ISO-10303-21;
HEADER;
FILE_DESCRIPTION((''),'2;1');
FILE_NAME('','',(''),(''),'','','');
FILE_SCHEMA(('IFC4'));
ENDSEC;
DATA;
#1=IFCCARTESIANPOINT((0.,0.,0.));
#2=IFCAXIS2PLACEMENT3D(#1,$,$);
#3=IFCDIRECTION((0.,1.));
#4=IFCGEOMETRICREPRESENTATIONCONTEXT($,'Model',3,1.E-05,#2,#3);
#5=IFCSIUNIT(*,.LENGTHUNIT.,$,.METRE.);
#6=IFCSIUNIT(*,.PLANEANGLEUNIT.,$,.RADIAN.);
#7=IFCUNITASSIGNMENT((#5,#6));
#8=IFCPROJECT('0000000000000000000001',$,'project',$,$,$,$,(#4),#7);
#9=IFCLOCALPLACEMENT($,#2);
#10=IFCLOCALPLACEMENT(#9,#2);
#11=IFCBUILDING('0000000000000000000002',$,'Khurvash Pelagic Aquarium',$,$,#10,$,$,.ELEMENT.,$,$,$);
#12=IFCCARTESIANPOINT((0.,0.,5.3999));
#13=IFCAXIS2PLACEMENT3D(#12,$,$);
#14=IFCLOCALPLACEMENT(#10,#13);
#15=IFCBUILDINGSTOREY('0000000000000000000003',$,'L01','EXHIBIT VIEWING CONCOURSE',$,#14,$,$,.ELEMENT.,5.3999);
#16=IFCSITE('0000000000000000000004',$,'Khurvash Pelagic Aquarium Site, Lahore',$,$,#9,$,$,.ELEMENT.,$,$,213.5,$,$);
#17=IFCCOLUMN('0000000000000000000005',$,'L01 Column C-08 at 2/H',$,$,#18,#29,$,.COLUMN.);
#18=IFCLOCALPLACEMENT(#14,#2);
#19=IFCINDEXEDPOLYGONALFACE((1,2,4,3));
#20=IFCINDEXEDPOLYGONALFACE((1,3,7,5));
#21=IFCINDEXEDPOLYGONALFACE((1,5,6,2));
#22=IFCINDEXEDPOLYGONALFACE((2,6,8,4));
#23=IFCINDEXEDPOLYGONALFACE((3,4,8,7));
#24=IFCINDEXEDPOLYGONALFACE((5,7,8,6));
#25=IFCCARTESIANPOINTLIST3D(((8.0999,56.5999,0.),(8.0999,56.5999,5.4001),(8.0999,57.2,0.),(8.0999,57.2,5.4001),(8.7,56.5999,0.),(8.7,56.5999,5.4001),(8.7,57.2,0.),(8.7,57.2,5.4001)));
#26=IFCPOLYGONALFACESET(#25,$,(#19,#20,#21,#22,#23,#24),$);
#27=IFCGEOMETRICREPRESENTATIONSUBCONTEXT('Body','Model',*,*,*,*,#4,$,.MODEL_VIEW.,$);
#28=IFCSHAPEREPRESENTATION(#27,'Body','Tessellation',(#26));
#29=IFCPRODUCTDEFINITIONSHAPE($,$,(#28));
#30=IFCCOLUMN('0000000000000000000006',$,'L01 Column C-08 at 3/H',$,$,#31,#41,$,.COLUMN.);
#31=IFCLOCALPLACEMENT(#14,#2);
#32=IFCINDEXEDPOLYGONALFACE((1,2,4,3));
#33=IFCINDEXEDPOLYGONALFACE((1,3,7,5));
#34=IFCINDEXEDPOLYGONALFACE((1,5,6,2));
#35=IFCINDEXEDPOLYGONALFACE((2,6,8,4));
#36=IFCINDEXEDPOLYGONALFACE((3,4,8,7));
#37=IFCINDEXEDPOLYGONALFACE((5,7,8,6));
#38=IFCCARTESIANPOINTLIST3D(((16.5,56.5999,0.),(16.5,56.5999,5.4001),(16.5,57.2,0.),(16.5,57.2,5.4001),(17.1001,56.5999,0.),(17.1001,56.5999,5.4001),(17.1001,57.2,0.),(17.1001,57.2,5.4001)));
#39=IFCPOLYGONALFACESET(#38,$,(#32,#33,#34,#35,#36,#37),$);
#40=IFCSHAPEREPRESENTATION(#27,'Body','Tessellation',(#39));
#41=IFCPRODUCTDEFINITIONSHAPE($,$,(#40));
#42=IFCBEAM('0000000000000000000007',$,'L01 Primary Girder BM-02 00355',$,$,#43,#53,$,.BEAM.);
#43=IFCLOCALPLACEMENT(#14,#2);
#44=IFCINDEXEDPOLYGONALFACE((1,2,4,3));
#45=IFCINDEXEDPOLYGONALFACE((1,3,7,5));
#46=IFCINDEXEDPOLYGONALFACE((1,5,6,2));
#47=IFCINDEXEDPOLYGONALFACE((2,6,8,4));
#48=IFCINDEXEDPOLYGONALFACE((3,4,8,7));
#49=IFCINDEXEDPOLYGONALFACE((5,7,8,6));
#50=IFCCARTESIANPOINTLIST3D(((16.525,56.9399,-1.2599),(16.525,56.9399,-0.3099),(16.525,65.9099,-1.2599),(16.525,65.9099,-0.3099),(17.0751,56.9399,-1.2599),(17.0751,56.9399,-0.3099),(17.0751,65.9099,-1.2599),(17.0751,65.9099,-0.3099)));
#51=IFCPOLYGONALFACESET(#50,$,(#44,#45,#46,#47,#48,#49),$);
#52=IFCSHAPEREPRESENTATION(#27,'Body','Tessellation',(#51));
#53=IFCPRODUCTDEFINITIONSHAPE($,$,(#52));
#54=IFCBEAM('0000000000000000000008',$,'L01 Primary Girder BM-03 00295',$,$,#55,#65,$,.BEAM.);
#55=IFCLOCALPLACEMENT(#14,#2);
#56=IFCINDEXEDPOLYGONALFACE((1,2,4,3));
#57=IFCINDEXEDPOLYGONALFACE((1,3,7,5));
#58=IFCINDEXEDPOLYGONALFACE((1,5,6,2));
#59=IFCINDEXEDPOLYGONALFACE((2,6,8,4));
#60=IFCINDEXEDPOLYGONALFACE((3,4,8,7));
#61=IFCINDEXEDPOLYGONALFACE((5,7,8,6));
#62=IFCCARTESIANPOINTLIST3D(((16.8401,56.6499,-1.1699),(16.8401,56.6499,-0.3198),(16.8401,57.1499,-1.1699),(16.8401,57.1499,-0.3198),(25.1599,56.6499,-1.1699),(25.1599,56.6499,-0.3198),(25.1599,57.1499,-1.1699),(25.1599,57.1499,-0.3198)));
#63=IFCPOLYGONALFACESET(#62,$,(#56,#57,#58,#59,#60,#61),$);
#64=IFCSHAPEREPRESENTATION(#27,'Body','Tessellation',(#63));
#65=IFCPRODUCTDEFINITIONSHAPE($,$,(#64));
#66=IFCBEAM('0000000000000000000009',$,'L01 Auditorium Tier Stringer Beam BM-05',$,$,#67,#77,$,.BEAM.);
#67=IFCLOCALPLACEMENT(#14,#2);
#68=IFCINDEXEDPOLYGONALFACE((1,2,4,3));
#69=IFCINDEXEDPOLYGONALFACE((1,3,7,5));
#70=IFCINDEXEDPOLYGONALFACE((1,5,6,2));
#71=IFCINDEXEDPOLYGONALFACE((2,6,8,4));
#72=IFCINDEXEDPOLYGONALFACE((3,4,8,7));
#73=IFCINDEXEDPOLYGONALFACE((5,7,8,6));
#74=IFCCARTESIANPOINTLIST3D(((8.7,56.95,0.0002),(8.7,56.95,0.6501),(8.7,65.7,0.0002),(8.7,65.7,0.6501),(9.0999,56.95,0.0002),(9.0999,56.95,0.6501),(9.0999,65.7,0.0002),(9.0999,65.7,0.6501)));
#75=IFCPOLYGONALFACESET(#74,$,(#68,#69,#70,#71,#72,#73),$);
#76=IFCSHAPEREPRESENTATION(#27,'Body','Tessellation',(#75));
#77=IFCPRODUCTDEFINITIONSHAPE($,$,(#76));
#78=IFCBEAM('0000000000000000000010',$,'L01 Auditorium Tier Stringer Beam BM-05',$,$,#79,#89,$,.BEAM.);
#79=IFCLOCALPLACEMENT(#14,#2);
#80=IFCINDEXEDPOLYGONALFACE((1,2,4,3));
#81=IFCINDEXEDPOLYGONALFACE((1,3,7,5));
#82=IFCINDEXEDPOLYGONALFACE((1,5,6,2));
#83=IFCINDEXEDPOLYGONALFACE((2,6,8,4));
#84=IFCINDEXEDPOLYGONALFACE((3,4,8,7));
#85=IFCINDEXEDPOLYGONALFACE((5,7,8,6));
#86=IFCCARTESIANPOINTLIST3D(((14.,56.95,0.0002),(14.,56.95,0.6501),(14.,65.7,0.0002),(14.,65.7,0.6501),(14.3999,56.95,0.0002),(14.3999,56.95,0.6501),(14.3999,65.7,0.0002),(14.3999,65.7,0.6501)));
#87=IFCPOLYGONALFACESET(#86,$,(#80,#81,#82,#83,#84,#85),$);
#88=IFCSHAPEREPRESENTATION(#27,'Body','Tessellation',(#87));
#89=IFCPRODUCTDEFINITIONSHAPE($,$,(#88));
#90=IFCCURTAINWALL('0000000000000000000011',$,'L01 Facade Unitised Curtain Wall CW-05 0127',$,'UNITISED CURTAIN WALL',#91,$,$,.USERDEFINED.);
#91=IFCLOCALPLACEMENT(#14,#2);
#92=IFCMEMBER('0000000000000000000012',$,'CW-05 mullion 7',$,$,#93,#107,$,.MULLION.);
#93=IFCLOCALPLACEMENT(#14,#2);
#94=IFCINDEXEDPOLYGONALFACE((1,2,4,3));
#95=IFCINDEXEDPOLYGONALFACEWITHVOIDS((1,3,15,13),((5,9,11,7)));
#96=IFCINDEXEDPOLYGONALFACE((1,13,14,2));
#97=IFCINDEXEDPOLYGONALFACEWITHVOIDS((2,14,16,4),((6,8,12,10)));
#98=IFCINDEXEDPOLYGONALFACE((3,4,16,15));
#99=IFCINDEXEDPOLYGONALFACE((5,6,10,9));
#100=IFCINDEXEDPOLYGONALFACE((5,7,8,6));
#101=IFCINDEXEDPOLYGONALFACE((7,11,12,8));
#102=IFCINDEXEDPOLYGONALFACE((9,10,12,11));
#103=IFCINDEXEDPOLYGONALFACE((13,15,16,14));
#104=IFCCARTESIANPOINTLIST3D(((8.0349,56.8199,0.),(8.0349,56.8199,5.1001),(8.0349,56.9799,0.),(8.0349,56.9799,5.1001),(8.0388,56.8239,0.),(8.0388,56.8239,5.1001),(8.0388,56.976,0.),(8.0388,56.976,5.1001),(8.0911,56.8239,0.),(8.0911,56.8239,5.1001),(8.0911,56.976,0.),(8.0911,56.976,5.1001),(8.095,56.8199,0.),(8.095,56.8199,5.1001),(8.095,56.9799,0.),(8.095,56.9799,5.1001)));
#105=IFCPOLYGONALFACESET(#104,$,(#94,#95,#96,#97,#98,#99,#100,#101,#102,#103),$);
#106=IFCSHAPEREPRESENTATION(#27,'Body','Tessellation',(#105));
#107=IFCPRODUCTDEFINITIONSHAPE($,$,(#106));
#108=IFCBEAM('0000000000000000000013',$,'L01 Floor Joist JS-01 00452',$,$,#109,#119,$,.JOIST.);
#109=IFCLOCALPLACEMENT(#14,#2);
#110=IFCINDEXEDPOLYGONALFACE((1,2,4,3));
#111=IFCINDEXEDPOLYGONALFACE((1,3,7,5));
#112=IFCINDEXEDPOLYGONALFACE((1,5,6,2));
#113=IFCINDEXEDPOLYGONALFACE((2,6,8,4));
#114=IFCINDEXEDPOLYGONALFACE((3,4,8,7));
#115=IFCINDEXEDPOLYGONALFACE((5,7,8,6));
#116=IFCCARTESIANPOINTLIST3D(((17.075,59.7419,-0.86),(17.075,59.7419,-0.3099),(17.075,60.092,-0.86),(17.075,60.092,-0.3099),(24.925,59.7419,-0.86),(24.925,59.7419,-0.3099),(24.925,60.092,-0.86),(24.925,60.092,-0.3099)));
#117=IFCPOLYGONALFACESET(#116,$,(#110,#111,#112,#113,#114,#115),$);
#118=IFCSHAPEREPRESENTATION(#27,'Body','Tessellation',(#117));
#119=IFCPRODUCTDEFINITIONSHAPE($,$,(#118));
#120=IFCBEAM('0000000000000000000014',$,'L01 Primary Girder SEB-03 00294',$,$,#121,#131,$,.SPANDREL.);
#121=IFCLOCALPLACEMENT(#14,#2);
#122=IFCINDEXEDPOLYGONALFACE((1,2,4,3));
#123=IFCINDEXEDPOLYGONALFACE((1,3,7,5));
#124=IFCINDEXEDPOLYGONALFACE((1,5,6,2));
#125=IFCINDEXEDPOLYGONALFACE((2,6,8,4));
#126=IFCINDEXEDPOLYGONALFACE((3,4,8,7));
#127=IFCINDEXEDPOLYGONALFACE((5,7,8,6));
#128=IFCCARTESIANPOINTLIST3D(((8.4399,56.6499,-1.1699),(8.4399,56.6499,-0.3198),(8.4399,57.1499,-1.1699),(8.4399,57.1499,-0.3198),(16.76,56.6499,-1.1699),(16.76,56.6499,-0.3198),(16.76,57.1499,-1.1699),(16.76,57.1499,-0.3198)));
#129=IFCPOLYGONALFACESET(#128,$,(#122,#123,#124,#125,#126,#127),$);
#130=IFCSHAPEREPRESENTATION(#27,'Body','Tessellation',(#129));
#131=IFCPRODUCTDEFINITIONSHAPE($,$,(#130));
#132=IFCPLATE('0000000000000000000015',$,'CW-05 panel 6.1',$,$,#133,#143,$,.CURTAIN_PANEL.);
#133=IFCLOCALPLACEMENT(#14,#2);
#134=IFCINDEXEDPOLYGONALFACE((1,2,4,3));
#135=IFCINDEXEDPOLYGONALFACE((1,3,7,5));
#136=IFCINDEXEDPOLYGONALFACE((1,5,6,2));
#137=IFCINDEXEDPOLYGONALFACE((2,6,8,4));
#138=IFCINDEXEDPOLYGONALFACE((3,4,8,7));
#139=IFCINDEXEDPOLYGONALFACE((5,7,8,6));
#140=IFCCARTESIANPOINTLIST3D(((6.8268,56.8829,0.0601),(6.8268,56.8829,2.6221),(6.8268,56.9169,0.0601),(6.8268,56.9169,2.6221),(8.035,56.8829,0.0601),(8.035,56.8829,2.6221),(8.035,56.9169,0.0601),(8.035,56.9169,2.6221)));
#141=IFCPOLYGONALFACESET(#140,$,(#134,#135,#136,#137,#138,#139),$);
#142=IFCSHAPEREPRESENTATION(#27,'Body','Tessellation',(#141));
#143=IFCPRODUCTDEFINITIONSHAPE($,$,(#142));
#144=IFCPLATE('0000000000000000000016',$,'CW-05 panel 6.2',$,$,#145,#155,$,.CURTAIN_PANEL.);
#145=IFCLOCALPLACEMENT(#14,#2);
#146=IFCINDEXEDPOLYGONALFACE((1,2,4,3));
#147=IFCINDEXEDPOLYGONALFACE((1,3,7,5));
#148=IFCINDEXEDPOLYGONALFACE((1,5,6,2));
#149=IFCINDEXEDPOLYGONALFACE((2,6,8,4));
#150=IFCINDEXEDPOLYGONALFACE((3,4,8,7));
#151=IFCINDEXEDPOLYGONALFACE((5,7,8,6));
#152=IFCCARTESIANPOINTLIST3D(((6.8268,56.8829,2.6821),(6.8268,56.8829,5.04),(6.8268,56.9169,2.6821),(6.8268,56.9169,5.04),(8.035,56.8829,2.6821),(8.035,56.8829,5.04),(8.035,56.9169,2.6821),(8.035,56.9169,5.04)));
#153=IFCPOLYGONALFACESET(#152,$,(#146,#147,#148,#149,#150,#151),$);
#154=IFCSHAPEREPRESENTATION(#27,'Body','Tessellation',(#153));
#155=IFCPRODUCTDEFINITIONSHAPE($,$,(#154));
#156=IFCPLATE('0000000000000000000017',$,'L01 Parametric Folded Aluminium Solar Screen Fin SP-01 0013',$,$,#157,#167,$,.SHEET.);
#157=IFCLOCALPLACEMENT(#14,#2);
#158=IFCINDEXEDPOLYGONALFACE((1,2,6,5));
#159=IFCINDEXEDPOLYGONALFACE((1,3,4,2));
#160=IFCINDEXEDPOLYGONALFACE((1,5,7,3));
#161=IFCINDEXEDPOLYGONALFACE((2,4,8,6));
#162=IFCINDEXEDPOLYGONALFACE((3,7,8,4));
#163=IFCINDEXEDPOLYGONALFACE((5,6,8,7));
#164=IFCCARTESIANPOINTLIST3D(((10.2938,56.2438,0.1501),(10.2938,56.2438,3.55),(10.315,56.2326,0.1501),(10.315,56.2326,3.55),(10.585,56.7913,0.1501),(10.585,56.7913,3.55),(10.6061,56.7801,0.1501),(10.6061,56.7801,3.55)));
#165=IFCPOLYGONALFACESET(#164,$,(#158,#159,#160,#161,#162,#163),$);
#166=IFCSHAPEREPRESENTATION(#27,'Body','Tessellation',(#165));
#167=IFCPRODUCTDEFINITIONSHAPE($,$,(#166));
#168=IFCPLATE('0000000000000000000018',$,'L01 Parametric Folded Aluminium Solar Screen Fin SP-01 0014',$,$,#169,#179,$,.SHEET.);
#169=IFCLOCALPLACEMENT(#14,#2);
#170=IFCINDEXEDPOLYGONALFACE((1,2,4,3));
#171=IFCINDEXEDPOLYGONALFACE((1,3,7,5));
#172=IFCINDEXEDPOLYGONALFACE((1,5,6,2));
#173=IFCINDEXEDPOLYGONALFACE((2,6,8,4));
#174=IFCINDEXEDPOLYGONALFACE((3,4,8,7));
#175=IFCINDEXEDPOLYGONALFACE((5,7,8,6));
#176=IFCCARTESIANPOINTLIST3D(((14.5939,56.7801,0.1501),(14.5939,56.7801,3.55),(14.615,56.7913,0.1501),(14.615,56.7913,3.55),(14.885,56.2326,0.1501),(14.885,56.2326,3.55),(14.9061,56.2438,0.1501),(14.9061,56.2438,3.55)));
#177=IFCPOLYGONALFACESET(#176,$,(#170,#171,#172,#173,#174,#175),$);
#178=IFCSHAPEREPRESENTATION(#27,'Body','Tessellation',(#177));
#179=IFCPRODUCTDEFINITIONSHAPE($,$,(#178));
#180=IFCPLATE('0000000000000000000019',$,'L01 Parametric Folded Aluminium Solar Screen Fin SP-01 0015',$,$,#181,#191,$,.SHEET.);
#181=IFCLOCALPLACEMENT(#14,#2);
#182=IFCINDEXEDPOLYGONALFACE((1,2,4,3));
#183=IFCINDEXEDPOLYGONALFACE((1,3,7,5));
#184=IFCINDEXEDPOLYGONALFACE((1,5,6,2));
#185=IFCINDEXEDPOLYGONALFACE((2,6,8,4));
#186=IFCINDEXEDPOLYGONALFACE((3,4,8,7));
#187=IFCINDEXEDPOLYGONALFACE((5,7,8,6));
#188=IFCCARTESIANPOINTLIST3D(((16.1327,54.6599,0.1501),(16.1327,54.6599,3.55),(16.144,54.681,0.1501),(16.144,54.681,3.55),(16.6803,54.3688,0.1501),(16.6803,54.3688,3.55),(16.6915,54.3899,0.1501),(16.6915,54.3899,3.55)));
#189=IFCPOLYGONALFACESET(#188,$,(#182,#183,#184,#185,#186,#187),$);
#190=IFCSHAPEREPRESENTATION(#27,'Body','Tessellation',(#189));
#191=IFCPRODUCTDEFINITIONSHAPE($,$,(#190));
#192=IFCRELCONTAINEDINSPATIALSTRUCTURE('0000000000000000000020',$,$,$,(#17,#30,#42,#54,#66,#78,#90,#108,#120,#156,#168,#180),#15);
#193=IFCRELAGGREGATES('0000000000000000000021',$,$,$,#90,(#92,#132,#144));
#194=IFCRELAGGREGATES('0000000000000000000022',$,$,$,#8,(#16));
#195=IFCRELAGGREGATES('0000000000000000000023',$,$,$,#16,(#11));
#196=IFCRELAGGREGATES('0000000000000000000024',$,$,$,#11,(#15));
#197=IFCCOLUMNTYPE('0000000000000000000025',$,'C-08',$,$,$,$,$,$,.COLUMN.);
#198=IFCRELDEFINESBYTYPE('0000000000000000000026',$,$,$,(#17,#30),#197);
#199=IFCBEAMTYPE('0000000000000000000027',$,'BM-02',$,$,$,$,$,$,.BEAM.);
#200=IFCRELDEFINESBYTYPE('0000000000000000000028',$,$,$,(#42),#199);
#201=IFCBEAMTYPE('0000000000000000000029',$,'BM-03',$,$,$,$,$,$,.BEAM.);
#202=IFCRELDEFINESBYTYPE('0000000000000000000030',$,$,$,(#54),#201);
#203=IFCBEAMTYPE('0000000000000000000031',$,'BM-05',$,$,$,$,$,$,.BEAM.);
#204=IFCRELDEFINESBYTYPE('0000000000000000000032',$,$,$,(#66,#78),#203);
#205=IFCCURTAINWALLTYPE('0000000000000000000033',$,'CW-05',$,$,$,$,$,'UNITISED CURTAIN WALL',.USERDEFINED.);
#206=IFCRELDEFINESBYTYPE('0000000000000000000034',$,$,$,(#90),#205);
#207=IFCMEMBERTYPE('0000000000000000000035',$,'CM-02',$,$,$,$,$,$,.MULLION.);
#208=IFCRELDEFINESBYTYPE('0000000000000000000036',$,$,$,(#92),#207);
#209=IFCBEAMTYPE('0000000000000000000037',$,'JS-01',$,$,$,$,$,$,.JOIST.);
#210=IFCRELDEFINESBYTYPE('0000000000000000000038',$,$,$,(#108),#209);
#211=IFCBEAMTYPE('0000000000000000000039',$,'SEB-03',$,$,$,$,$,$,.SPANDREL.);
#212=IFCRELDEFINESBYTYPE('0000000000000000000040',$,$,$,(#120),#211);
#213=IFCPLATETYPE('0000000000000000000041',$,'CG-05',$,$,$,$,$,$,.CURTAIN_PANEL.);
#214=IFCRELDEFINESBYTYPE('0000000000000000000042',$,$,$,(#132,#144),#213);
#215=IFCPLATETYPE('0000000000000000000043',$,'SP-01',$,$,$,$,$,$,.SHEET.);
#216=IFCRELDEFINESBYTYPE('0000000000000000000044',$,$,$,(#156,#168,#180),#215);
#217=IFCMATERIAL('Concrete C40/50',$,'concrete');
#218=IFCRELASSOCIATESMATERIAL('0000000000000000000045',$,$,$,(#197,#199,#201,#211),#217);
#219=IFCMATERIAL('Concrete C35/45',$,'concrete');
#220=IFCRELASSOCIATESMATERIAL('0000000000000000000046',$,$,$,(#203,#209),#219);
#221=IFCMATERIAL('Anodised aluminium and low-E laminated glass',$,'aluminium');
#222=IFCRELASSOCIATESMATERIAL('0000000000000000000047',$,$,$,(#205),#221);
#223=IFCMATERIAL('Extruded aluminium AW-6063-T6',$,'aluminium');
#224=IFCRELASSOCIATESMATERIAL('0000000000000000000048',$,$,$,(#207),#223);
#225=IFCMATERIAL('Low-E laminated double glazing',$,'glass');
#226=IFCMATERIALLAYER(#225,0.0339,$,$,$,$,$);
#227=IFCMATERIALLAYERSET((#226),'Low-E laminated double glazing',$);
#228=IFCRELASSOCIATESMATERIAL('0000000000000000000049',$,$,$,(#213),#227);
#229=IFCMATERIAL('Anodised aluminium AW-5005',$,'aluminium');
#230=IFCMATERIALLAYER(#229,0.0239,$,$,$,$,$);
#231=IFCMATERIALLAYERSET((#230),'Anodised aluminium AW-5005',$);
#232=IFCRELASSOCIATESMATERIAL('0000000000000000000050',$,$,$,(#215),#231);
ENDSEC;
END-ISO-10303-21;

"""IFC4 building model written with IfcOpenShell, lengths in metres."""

from ifc_helpers import new_model, si_unit, direction, frame, origin, origin_2d, place, context, subcontext, project, spatial, rectangle, hollow_rectangle, extrude, material, layer, layer_set, material_profile, profile_set, type_object, element, aggregate, save


model = new_model("IFC4")

# Units and contexts
model_context = context("Model", 3, precision=1e-05, world=origin(), true_north=direction((0.0, 1.0)))
body_context = subcontext(model_context, "Body", "Model", "MODEL_VIEW")
ifc_project = project(units=[si_unit("LENGTHUNIT", "METRE"), si_unit("PLANEANGLEUNIT", "RADIAN")], contexts=[model_context])

# Site, building, storey
site_placement = place(None, origin())
site = spatial("IfcSite", under=ifc_project, at=site_placement, Name="Khurvash Pelagic Aquarium Site, Lahore", CompositionType="ELEMENT", RefElevation=213.5)
building_placement = place(site_placement, origin())
building = spatial("IfcBuilding", under=site, at=building_placement, Name="Khurvash Pelagic Aquarium", CompositionType="ELEMENT")
storey_placement = place(building_placement, frame((0.0, 0.0, 5.3999)))
storey = spatial("IfcBuildingStorey", under=building, at=storey_placement, Name="L01", Description="EXHIBIT VIEWING CONCOURSE", CompositionType="ELEMENT", Elevation=5.3999)

# Columns
ifc_material_1 = material(Name="Concrete C40/50", Category="concrete")
ifc_material_profile_1 = material_profile(ifc_material_1, rectangle(XDim=0.6001, YDim=0.6001, at=origin_2d()), Name="RC600X600")
ifc_profile_set_1 = profile_set([ifc_material_profile_1], Name="Concrete C40/50")
column_type = type_object("IfcColumnType", Name="C-08", PredefinedType="COLUMN", material=ifc_profile_set_1)
for number, where, z_axis, x_axis, name in (
    (1, (8.3999, 56.8999, 0.0), (0.0, 0.0, 1.0), (1.0, 0.0, 0.0), "L01 Column C-08 at 2/H"),
    (2, (16.8, 56.8999, 0.0), (0.0, 0.0, 1.0), (1.0, 0.0, 0.0), "L01 Column C-08 at 3/H"),
):
    element("IfcColumn", number, at=place(storey_placement, frame(where, z_axis=z_axis, x_axis=x_axis)), inside=storey, type_object=column_type, Name=name, PredefinedType="COLUMN", context=body_context, shape_type="SweptSolid", body=[
        extrude(rectangle(XDim=0.6001, YDim=0.6001, at=origin_2d()), origin(), (0.0, 0.0, 1.0), 5.4001),
    ])

# Beams
ifc_material_profile_2 = material_profile(ifc_material_1, rectangle(XDim=0.55, YDim=0.95, at=origin_2d()), Name="RC550X950")
ifc_profile_set_2 = profile_set([ifc_material_profile_2], Name="Concrete C40/50")
beam_type_1 = type_object("IfcBeamType", Name="BM-02", PredefinedType="BEAM", material=ifc_profile_set_2)
beam_1_placement = place(storey_placement, frame((16.8, 56.9399, -0.7849), z_axis=(0.0, 1.0, 0.0), x_axis=(-1.0, 0.0, 0.0)))
element("IfcBeam", 3, at=beam_1_placement, inside=storey, type_object=beam_type_1, Name="L01 Primary Girder BM-02 00355", PredefinedType="BEAM", context=body_context, shape_type="SweptSolid", body=[
    extrude(rectangle(XDim=0.55, YDim=0.95, at=origin_2d()), origin(), (0.0, 0.0, 1.0), 8.97),
])
ifc_material_profile_3 = material_profile(ifc_material_1, rectangle(XDim=0.5, YDim=0.8501, at=origin_2d()), Name="RC500X850")
ifc_profile_set_3 = profile_set([ifc_material_profile_3], Name="Concrete C40/50")
beam_type_2 = type_object("IfcBeamType", Name="BM-03", PredefinedType="BEAM", material=ifc_profile_set_3)
beam_2_placement = place(storey_placement, frame((16.8401, 56.8999, -0.7449), z_axis=(1.0, 0.0, 0.0), x_axis=(0.0, 1.0, 0.0)))
element("IfcBeam", 4, at=beam_2_placement, inside=storey, type_object=beam_type_2, Name="L01 Primary Girder BM-03 00295", PredefinedType="BEAM", context=body_context, shape_type="SweptSolid", body=[
    extrude(rectangle(XDim=0.5, YDim=0.8501, at=origin_2d()), origin(), (0.0, 0.0, 1.0), 8.3198),
])
ifc_material_2 = material(Name="Concrete C35/45", Category="concrete")
ifc_material_profile_4 = material_profile(ifc_material_2, rectangle(XDim=0.3999, YDim=0.6499, at=origin_2d()), Name="RC400X650")
ifc_profile_set_4 = profile_set([ifc_material_profile_4], Name="Concrete C35/45")
beam_type_3 = type_object("IfcBeamType", Name="BM-05", PredefinedType="BEAM", material=ifc_profile_set_4)
for number, where, z_axis, x_axis, name in (
    (5, (8.8999, 56.95, 0.3252), (0.0, 1.0, 0.0), (-1.0, 0.0, 0.0), "L01 Auditorium Tier Stringer Beam BM-05"),
    (6, (14.2, 56.95, 0.3252), (0.0, 1.0, 0.0), (-1.0, 0.0, 0.0), "L01 Auditorium Tier Stringer Beam BM-05"),
):
    element("IfcBeam", number, at=place(storey_placement, frame(where, z_axis=z_axis, x_axis=x_axis)), inside=storey, type_object=beam_type_3, Name=name, PredefinedType="BEAM", context=body_context, shape_type="SweptSolid", body=[
        extrude(rectangle(XDim=0.3999, YDim=0.6499, at=origin_2d()), origin(), (0.0, 0.0, 1.0), 8.75),
    ])

# Curtain wall, member
ifc_material_3 = material(Name="Anodised aluminium and low-E laminated glass", Category="aluminium")
curtain_wall_type = type_object("IfcCurtainWallType", Name="CW-05", ElementType="UNITISED CURTAIN WALL", PredefinedType="USERDEFINED", material=ifc_material_3)
curtain_wall_placement = place(storey_placement, origin())
curtain_wall = element("IfcCurtainWall", 7, at=curtain_wall_placement, inside=storey, type_object=curtain_wall_type, Name="L01 Facade Unitised Curtain Wall CW-05 0127", ObjectType="UNITISED CURTAIN WALL", PredefinedType="USERDEFINED")
ifc_material_4 = material(Name="Extruded aluminium AW-6063-T6", Category="aluminium")
ifc_material_profile_5 = material_profile(ifc_material_4, hollow_rectangle(XDim=0.0601, YDim=0.1599, WallThickness=0.0039, at=origin_2d()), Name="CWM60X160X4")
ifc_profile_set_5 = profile_set([ifc_material_profile_5], Name="Extruded aluminium AW-6063-T6")
member_type = type_object("IfcMemberType", Name="CM-02", PredefinedType="MULLION", material=ifc_profile_set_5)
member_placement = place(storey_placement, frame((8.0649, 56.8999, 0.0), z_axis=(0.0, 0.0, 1.0), x_axis=(1.0, 0.0, 0.0)))
member = element("IfcMember", 8, at=member_placement, type_object=member_type, Name="CW-05 mullion 7", PredefinedType="MULLION", context=body_context, shape_type="SweptSolid", body=[
    extrude(hollow_rectangle(XDim=0.0601, YDim=0.1599, WallThickness=0.0039, at=origin_2d()), origin(), (0.0, 0.0, 1.0), 5.1001),
])

# Beams
ifc_material_profile_6 = material_profile(ifc_material_2, rectangle(XDim=0.3501, YDim=0.55, at=origin_2d()), Name="RC350X550")
ifc_profile_set_6 = profile_set([ifc_material_profile_6], Name="Concrete C35/45")
beam_type_4 = type_object("IfcBeamType", Name="JS-01", PredefinedType="JOIST", material=ifc_profile_set_6)
beam_3_placement = place(storey_placement, frame((17.075, 59.917, -0.585), z_axis=(1.0, 0.0, 0.0), x_axis=(0.0, 1.0, 0.0)))
element("IfcBeam", 9, at=beam_3_placement, inside=storey, type_object=beam_type_4, Name="L01 Floor Joist JS-01 00452", PredefinedType="JOIST", context=body_context, shape_type="SweptSolid", body=[
    extrude(rectangle(XDim=0.3501, YDim=0.55, at=origin_2d()), origin(), (0.0, 0.0, 1.0), 7.8501),
])
ifc_material_profile_7 = material_profile(ifc_material_1, rectangle(XDim=0.5, YDim=0.8501, at=origin_2d()), Name="RC500X850")
ifc_profile_set_7 = profile_set([ifc_material_profile_7], Name="Concrete C40/50")
beam_type_5 = type_object("IfcBeamType", Name="SEB-03", PredefinedType="SPANDREL", material=ifc_profile_set_7)
beam_4_placement = place(storey_placement, frame((8.4399, 56.8999, -0.7449), z_axis=(1.0, 0.0, 0.0), x_axis=(0.0, 1.0, 0.0)))
element("IfcBeam", 10, at=beam_4_placement, inside=storey, type_object=beam_type_5, Name="L01 Primary Girder SEB-03 00294", PredefinedType="SPANDREL", context=body_context, shape_type="SweptSolid", body=[
    extrude(rectangle(XDim=0.5, YDim=0.8501, at=origin_2d()), origin(), (0.0, 0.0, 1.0), 8.3201),
])

# Plates
ifc_material_5 = material(Name="Low-E laminated double glazing", Category="glass")
ifc_layer_1 = layer(ifc_material_5, 0.0339)
ifc_layer_set_1 = layer_set([ifc_layer_1], Name="Low-E laminated double glazing")
plate_type_1 = type_object("IfcPlateType", Name="CG-05", PredefinedType="CURTAIN_PANEL", material=ifc_layer_set_1)
plate_1_placement = place(storey_placement, frame((7.4309, 56.8999, 0.0601), z_axis=(0.0, 0.0, 1.0), x_axis=(1.0, 0.0, 0.0)))
plate_1 = element("IfcPlate", 11, at=plate_1_placement, type_object=plate_type_1, Name="CW-05 panel 6.1", PredefinedType="CURTAIN_PANEL", context=body_context, shape_type="SweptSolid", body=[
    extrude(rectangle(XDim=1.2083, YDim=0.0339, at=origin_2d()), origin(), (0.0, 0.0, 1.0), 2.562),
])
plate_2_placement = place(storey_placement, frame((7.4309, 56.8999, 2.6821), z_axis=(0.0, 0.0, 1.0), x_axis=(1.0, 0.0, 0.0)))
plate_2 = element("IfcPlate", 12, at=plate_2_placement, type_object=plate_type_1, Name="CW-05 panel 6.2", PredefinedType="CURTAIN_PANEL", context=body_context, shape_type="SweptSolid", body=[
    extrude(rectangle(XDim=1.2083, YDim=0.0339, at=origin_2d()), origin(), (0.0, 0.0, 1.0), 2.3579),
])
aggregate(curtain_wall, [member, plate_1, plate_2])

# Plates
ifc_material_6 = material(Name="Anodised aluminium AW-5005", Category="aluminium")
ifc_layer_2 = layer(ifc_material_6, 0.0239)
ifc_layer_set_2 = layer_set([ifc_layer_2], Name="Anodised aluminium AW-5005")
plate_type_2 = type_object("IfcPlateType", Name="SP-01", PredefinedType="SHEET", material=ifc_layer_set_2)
for number, where, z_axis, x_axis, name in (
    (13, (10.45, 56.512, 0.1501), (0.0, 0.0, 1.0), (-0.469472, -0.882948, 0.0), "L01 Parametric Folded Aluminium Solar Screen Fin SP-01 0013"),
    (14, (14.75, 56.512, 0.1501), (0.0, 0.0, 1.0), (0.469472, -0.882948, 0.0), "L01 Parametric Folded Aluminium Solar Screen Fin SP-01 0014"),
    (15, (16.4121, 54.5249, 0.1501), (0.0, 0.0, 1.0), (-0.882948, 0.469472, 0.0), "L01 Parametric Folded Aluminium Solar Screen Fin SP-01 0015"),
):
    element("IfcPlate", number, at=place(storey_placement, frame(where, z_axis=z_axis, x_axis=x_axis)), inside=storey, type_object=plate_type_2, Name=name, PredefinedType="SHEET", context=body_context, shape_type="SweptSolid", body=[
        extrude(rectangle(XDim=0.6201, YDim=0.0239, at=origin_2d()), origin(), (0.0, 0.0, 1.0), 3.3999),
    ])

save(model, "model.ifc")
